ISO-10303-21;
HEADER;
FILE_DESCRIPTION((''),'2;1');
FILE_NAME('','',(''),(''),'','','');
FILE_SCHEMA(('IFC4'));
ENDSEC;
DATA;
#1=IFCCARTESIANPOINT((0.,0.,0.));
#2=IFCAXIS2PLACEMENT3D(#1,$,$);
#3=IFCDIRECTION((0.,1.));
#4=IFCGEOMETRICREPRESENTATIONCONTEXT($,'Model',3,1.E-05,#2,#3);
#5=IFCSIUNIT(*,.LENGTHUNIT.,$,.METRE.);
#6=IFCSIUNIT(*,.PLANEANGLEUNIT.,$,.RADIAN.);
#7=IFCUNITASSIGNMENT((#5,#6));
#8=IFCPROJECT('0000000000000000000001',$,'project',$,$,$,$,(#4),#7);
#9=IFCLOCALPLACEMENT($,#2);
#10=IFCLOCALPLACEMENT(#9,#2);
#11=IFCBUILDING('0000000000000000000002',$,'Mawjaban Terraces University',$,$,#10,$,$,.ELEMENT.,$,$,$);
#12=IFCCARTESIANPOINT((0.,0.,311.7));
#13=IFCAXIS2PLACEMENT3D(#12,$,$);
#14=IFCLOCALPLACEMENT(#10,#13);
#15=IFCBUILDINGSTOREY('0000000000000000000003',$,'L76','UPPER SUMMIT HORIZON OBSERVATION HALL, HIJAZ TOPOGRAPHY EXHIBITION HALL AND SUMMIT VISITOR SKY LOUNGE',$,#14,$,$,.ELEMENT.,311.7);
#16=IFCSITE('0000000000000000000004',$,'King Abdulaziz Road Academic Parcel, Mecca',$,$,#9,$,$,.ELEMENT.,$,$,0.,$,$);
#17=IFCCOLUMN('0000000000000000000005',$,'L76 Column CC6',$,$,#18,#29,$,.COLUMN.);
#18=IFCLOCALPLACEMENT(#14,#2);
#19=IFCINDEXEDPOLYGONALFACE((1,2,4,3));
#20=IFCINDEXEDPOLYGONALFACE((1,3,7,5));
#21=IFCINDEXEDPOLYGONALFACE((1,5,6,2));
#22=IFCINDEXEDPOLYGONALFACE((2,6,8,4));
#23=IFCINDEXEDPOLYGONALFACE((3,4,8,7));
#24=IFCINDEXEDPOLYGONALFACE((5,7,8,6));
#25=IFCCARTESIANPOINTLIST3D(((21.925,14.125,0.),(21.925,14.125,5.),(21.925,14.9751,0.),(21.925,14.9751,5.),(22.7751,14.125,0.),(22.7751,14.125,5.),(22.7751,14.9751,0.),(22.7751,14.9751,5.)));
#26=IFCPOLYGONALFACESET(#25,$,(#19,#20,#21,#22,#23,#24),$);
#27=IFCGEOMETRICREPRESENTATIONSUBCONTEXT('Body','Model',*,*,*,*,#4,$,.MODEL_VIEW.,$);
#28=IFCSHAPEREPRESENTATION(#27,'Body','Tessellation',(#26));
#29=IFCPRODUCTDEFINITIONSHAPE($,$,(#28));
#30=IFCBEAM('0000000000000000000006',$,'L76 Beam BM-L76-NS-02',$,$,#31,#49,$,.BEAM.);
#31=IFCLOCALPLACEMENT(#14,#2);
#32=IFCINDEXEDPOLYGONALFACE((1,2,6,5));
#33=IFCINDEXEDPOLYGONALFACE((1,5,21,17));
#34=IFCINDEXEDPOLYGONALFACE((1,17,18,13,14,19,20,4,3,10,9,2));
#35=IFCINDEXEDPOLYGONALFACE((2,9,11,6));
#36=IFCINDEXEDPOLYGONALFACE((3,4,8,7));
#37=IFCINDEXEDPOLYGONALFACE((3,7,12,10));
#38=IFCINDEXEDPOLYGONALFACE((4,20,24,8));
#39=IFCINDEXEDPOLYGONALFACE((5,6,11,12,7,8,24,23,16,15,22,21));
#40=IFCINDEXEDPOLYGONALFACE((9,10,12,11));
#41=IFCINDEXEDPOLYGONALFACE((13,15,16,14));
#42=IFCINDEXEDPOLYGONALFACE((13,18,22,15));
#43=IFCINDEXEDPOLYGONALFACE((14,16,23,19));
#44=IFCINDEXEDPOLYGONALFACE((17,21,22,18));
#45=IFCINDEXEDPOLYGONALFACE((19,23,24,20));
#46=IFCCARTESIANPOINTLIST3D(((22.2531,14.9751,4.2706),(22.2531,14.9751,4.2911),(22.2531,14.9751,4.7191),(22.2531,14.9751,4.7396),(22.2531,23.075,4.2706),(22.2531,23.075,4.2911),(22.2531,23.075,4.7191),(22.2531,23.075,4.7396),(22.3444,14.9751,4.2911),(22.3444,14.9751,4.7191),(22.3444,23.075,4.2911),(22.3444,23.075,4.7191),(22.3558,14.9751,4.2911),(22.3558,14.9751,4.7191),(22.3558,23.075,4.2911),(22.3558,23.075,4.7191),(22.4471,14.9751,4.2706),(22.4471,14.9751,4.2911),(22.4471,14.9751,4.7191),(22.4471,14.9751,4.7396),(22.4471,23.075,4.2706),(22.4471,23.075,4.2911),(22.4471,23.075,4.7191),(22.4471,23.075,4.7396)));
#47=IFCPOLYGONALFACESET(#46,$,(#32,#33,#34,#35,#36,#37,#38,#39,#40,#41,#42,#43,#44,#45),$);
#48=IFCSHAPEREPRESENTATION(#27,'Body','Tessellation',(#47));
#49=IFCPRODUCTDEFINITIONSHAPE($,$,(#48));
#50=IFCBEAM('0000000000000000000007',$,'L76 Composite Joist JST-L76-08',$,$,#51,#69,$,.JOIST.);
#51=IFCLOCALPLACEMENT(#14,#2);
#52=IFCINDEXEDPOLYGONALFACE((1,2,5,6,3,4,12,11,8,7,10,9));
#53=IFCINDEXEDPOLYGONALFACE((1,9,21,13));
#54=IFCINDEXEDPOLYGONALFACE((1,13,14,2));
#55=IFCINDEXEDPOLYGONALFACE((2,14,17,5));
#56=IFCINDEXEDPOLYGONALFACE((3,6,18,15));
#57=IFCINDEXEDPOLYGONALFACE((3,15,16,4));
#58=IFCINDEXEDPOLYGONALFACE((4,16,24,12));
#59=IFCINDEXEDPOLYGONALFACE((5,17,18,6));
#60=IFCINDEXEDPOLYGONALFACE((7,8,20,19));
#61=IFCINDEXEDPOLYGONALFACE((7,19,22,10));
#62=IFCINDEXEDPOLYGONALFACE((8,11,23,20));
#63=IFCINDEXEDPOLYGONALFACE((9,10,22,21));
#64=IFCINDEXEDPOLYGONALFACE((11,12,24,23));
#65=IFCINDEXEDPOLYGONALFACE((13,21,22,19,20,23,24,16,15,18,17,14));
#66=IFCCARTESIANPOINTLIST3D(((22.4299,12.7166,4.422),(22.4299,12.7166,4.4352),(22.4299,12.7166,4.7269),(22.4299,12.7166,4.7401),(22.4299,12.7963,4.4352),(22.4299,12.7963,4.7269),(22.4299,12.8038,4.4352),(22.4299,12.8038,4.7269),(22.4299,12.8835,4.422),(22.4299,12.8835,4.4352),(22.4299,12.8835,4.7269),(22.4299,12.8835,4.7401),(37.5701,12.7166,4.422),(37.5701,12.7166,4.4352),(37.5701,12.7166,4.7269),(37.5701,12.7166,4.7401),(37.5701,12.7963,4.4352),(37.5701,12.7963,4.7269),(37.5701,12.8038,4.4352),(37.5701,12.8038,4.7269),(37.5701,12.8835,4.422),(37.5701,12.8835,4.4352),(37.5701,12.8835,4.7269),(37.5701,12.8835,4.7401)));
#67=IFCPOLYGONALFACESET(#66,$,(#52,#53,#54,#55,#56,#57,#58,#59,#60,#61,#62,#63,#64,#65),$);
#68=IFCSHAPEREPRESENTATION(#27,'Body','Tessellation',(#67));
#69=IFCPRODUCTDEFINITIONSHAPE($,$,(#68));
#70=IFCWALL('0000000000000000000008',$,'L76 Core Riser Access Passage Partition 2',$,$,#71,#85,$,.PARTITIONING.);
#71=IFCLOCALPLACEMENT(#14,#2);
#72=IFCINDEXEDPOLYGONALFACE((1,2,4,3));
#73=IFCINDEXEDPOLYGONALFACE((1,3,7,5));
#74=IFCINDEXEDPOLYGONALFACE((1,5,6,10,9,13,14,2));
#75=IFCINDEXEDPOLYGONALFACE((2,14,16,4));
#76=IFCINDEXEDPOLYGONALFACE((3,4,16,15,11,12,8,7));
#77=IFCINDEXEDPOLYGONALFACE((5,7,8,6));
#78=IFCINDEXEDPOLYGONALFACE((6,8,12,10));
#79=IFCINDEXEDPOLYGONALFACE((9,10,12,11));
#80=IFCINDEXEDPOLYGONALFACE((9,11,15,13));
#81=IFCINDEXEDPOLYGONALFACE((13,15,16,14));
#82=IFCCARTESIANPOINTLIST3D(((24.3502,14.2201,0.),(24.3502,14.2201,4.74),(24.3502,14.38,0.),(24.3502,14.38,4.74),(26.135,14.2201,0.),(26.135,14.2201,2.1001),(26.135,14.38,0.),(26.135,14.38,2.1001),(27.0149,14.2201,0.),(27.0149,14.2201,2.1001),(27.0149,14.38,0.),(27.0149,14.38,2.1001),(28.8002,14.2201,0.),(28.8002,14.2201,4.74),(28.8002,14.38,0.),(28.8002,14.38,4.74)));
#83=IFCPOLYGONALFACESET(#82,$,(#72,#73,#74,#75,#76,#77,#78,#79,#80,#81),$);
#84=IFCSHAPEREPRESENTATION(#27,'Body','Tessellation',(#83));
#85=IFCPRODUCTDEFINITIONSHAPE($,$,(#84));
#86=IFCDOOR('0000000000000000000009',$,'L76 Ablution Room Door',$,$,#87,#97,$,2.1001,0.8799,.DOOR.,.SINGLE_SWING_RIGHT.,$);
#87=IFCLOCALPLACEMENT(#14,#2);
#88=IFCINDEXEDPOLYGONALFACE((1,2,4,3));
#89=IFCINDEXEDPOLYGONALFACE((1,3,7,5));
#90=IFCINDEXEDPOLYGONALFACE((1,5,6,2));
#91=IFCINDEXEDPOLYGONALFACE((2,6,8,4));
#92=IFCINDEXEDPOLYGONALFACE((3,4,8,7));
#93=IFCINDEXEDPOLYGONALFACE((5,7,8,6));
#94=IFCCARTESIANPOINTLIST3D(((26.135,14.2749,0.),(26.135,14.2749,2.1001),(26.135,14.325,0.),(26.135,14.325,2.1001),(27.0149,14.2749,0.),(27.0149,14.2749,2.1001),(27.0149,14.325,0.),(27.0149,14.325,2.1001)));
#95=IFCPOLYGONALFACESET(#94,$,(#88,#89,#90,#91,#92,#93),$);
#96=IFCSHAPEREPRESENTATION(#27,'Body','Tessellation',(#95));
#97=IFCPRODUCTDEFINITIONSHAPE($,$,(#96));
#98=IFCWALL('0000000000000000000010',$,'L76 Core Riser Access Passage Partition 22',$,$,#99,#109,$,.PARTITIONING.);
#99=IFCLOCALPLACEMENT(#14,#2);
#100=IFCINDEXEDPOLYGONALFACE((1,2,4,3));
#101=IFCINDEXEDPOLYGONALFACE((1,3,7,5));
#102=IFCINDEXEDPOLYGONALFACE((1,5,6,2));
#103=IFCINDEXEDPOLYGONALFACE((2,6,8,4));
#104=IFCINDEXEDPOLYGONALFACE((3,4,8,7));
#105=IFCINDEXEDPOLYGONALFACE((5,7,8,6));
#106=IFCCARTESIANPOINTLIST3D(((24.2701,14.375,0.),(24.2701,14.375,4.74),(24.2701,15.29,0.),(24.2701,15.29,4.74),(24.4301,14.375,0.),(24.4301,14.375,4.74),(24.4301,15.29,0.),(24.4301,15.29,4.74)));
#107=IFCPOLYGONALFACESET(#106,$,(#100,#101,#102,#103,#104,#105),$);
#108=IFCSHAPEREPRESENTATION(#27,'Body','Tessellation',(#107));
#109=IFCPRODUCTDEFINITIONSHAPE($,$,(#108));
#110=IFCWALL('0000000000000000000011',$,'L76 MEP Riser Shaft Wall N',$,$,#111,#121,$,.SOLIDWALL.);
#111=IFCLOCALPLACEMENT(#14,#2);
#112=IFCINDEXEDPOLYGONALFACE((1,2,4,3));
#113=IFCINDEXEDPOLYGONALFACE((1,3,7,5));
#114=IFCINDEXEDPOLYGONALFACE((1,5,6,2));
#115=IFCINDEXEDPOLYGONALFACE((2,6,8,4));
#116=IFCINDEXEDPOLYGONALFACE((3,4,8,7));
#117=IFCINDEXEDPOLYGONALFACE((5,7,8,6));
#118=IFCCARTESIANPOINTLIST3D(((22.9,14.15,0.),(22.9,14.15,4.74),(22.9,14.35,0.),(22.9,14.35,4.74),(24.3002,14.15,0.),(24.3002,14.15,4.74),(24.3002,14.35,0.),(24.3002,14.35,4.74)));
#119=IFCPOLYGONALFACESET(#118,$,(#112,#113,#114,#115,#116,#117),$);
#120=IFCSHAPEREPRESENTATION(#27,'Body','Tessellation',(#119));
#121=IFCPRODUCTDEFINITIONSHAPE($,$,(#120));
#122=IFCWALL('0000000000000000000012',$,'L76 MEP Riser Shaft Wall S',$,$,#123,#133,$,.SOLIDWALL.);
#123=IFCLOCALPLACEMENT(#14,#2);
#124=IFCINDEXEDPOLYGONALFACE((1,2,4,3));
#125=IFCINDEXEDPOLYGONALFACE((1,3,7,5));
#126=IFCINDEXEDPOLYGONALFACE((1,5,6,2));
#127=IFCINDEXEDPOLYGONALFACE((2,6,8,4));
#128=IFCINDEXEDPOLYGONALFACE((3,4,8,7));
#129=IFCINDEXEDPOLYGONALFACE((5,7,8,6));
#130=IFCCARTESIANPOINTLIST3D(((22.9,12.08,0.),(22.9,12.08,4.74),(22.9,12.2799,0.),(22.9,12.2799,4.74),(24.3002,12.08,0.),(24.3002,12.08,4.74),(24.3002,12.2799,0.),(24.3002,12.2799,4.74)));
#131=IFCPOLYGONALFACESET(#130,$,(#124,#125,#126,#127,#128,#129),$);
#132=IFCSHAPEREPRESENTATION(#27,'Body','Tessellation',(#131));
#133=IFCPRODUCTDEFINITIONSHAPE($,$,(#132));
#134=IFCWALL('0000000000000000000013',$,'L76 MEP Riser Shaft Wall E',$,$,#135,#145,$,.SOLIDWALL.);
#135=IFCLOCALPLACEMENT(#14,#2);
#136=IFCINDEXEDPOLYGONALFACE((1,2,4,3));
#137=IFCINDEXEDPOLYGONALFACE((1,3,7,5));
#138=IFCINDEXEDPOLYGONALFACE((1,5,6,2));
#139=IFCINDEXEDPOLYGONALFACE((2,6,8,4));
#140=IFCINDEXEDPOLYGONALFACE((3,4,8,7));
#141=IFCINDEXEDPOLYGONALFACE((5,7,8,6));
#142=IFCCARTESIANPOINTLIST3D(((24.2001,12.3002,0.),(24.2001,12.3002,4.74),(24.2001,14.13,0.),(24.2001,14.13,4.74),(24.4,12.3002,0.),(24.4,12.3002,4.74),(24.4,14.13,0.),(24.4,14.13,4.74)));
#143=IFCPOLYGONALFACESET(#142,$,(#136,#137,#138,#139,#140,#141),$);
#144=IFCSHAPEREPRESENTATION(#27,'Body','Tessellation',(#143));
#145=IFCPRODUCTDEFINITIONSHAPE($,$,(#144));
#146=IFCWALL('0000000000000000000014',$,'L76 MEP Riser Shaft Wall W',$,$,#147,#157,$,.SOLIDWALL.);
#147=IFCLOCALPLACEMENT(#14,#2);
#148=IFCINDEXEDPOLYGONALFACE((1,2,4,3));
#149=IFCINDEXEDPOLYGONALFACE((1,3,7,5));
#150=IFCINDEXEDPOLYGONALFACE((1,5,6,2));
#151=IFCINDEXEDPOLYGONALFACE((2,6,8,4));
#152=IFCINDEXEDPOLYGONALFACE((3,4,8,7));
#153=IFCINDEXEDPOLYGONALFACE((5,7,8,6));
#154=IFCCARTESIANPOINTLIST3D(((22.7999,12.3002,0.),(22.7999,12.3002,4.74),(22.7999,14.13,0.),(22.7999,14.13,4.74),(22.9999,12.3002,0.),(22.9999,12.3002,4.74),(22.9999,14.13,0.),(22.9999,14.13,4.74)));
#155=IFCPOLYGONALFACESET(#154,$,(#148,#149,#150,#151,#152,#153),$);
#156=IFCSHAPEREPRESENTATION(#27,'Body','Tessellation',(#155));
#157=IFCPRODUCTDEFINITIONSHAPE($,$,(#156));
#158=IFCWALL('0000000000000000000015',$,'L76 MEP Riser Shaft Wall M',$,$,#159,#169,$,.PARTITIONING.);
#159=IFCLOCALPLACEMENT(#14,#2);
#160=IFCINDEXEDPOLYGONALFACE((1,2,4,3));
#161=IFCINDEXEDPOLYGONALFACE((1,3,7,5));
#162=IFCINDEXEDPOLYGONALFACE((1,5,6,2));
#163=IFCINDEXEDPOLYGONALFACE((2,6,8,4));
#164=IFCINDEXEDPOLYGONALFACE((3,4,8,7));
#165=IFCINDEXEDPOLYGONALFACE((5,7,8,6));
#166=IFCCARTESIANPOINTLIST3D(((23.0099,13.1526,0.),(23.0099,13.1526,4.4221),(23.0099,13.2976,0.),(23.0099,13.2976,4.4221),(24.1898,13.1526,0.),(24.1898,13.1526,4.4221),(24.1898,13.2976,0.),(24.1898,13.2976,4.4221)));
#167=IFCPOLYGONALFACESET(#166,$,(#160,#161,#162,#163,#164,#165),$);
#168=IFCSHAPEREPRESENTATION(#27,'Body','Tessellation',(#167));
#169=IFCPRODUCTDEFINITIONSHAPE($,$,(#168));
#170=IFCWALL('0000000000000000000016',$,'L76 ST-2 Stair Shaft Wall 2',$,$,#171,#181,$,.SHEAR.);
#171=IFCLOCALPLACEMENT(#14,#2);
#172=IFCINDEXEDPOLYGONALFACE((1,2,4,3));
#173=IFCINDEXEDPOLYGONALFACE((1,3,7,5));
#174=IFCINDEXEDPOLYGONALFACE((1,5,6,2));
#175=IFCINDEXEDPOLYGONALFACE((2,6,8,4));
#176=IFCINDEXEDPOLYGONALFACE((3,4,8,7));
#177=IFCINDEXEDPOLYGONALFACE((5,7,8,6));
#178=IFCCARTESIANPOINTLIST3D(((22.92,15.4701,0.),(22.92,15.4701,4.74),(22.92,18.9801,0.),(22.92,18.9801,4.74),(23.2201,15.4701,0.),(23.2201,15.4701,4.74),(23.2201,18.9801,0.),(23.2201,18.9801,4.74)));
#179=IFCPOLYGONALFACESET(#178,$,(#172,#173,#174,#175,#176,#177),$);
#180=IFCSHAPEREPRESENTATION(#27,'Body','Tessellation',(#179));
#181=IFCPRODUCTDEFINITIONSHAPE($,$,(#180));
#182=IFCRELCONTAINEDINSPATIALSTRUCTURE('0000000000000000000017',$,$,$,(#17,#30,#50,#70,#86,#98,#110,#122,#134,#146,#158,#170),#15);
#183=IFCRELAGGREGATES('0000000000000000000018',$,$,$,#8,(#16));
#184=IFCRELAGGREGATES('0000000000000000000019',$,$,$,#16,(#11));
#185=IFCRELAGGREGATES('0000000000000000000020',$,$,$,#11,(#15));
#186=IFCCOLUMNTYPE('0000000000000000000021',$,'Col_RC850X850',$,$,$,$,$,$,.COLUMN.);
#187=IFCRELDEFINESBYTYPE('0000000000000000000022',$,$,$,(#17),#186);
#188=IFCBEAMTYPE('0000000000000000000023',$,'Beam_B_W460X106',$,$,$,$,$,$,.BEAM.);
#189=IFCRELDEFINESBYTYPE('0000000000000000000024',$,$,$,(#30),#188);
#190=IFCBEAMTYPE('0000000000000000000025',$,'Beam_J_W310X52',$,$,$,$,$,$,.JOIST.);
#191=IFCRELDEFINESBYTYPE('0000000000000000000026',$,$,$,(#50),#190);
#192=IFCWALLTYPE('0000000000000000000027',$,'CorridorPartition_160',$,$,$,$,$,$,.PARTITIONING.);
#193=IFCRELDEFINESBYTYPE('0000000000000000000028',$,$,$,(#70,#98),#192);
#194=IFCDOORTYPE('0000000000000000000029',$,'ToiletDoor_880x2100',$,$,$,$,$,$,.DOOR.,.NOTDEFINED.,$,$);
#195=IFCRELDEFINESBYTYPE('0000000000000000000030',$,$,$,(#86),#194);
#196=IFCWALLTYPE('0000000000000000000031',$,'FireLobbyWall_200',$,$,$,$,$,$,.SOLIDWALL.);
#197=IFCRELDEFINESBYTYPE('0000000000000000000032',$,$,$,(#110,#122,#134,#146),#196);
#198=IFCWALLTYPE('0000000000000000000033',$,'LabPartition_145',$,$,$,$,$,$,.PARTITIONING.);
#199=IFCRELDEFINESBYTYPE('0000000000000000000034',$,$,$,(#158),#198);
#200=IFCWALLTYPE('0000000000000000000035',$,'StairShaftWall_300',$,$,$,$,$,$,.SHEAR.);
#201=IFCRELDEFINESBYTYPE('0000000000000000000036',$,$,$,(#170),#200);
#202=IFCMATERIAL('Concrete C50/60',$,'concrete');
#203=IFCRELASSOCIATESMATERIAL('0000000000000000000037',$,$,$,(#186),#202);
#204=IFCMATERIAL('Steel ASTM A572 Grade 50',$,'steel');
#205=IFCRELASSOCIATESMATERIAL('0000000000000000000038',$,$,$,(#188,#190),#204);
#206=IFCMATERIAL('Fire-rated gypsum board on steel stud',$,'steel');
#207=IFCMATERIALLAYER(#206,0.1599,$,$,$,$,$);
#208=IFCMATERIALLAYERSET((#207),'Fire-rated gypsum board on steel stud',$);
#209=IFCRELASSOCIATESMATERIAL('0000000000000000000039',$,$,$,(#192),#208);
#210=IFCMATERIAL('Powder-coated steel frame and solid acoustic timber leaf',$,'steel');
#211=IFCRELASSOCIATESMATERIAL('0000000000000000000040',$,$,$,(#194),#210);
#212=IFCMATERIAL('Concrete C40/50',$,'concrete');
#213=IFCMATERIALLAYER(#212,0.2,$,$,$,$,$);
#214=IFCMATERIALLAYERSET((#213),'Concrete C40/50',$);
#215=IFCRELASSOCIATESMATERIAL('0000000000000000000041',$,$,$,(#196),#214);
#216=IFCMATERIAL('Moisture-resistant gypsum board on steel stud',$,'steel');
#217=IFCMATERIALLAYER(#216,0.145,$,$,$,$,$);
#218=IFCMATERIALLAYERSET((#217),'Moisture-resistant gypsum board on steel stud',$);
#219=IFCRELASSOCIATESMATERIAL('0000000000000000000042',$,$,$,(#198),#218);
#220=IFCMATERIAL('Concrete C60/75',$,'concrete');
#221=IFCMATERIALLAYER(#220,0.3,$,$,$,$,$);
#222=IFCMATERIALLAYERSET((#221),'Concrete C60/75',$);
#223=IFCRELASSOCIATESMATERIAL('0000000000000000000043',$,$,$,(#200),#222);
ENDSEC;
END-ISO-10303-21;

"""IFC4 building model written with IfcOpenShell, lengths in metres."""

from ifc_helpers import new_model, si_unit, direction, frame, frame_2d, origin, origin_2d, place, context, subcontext, project, spatial, rectangle, i_section, extrude, material, layer, layer_set, material_profile, profile_set, type_object, element, fill, save


model = new_model("IFC4")

# Units and contexts
model_context = context("Model", 3, precision=1e-05, world=origin(), true_north=direction((0.0, 1.0)))
body_context = subcontext(model_context, "Body", "Model", "MODEL_VIEW")
ifc_project = project(units=[si_unit("LENGTHUNIT", "METRE"), si_unit("PLANEANGLEUNIT", "RADIAN")], contexts=[model_context])

# Site, building, storey
site_placement = place(None, origin())
site = spatial("IfcSite", under=ifc_project, at=site_placement, Name="King Abdulaziz Road Academic Parcel, Mecca", CompositionType="ELEMENT", RefElevation=0.0)
building_placement = place(site_placement, origin())
building = spatial("IfcBuilding", under=site, at=building_placement, Name="Mawjaban Terraces University", CompositionType="ELEMENT")
storey_placement = place(building_placement, frame((0.0, 0.0, 311.7)))
storey = spatial("IfcBuildingStorey", under=building, at=storey_placement, Name="L76", Description="UPPER SUMMIT HORIZON OBSERVATION HALL, HIJAZ TOPOGRAPHY EXHIBITION HALL AND SUMMIT VISITOR SKY LOUNGE", CompositionType="ELEMENT", Elevation=311.7)

# Column
ifc_material_1 = material(Name="Concrete C50/60", Category="concrete")
ifc_material_profile_1 = material_profile(ifc_material_1, rectangle(XDim=0.8501, YDim=0.8501, at=origin_2d()), Name="RC850X850")
ifc_profile_set_1 = profile_set([ifc_material_profile_1], Name="Concrete C50/60")
column_type = type_object("IfcColumnType", Name="Col_RC850X850", PredefinedType="COLUMN", material=ifc_profile_set_1)
column_placement = place(storey_placement, frame((22.3501, 14.55, 0.0), z_axis=(0.0, 0.0, 1.0), x_axis=(1.0, 0.0, 0.0)))
element("IfcColumn", 1, at=column_placement, inside=storey, type_object=column_type, Name="L76 Column CC6", PredefinedType="COLUMN", context=body_context, shape_type="SweptSolid", body=[
    extrude(rectangle(XDim=0.8501, YDim=0.8501, at=origin_2d()), origin(), (0.0, 0.0, 1.0), 5.0),
])

# Beams
ifc_material_2 = material(Name="Steel ASTM A572 Grade 50", Category="steel")
ifc_material_profile_2 = material_profile(ifc_material_2, i_section(OverallWidth=0.1941, OverallDepth=0.469, WebThickness=0.0115, FlangeThickness=0.0205, at=origin_2d()), Name="W460X106")
ifc_profile_set_2 = profile_set([ifc_material_profile_2], Name="Steel ASTM A572 Grade 50")
beam_type_1 = type_object("IfcBeamType", Name="Beam_B_W460X106", PredefinedType="BEAM", material=ifc_profile_set_2)
beam_1_placement = place(storey_placement, frame((22.3501, 14.9751, 4.5051), z_axis=(0.0, 1.0, 0.0), x_axis=(-1.0, 0.0, 0.0)))
element("IfcBeam", 2, at=beam_1_placement, inside=storey, type_object=beam_type_1, Name="L76 Beam BM-L76-NS-02", PredefinedType="BEAM", context=body_context, shape_type="SweptSolid", body=[
    extrude(i_section(OverallWidth=0.1941, OverallDepth=0.469, WebThickness=0.0115, FlangeThickness=0.0205, at=origin_2d()), origin(), (0.0, 0.0, 1.0), 8.0999),
])
ifc_material_profile_3 = material_profile(ifc_material_2, i_section(OverallWidth=0.167, OverallDepth=0.3181, WebThickness=0.0076, FlangeThickness=0.0132, at=origin_2d()), Name="W310X52")
ifc_profile_set_3 = profile_set([ifc_material_profile_3], Name="Steel ASTM A572 Grade 50")
beam_type_2 = type_object("IfcBeamType", Name="Beam_J_W310X52", PredefinedType="JOIST", material=ifc_profile_set_3)
beam_2_placement = place(storey_placement, frame((22.4299, 12.8, 4.5811), z_axis=(1.0, 0.0, 0.0), x_axis=(0.0, 1.0, 0.0)))
element("IfcBeam", 3, at=beam_2_placement, inside=storey, type_object=beam_type_2, Name="L76 Composite Joist JST-L76-08", PredefinedType="JOIST", context=body_context, shape_type="SweptSolid", body=[
    extrude(i_section(OverallWidth=0.167, OverallDepth=0.3181, WebThickness=0.0076, FlangeThickness=0.0132, at=origin_2d()), origin(), (0.0, 0.0, 1.0), 15.1401),
])

# Wall, opening, door
ifc_material_3 = material(Name="Fire-rated gypsum board on steel stud", Category="steel")
ifc_layer_1 = layer(ifc_material_3, 0.1599)
ifc_layer_set_1 = layer_set([ifc_layer_1], Name="Fire-rated gypsum board on steel stud")
wall_type_1 = type_object("IfcWallType", Name="CorridorPartition_160", PredefinedType="PARTITIONING", material=ifc_layer_set_1)
wall_1_placement = place(storey_placement, frame((24.3501, 14.3, 0.0), z_axis=(0.0, 0.0, 1.0), x_axis=(1.0, 0.0, 0.0)))
wall_1 = element("IfcWall", 4, at=wall_1_placement, inside=storey, type_object=wall_type_1, Name="L76 Core Riser Access Passage Partition 2", PredefinedType="PARTITIONING", context=body_context, shape_type="SweptSolid", body=[
    extrude(rectangle(XDim=4.45, YDim=0.1599, at=frame_2d((2.2251, 0.0))), origin(), (0.0, 0.0, 1.0), 4.74),
])
opening_placement = place(wall_1_placement, frame((1.7849, 0.0, 0.0)))
opening = element("IfcOpeningElement", 5, at=opening_placement, cuts=wall_1, PredefinedType="OPENING", context=body_context, shape_type="SweptSolid", body=[
    extrude(rectangle(XDim=0.8799, YDim=2.1001, at=frame_2d((0.4399, 1.05))), frame((0.0, 0.0898, 0.0), z_axis=(0.0, -1.0, 0.0), x_axis=(1.0, 0.0, 0.0)), (0.0, 0.0, 1.0), 0.1799),
])
ifc_material_4 = material(Name="Powder-coated steel frame and solid acoustic timber leaf", Category="steel")
door_type = type_object("IfcDoorType", Name="ToiletDoor_880x2100", OperationType="NOTDEFINED", PredefinedType="DOOR", material=ifc_material_4)
door_placement = place(opening_placement, origin())
door = element("IfcDoor", 6, at=door_placement, inside=storey, type_object=door_type, Name="L76 Ablution Room Door", OperationType="SINGLE_SWING_RIGHT", OverallHeight=2.1001, OverallWidth=0.8799, PredefinedType="DOOR", context=body_context, shape_type="SweptSolid", body=[
    extrude(rectangle(XDim=0.8799, YDim=2.1001, at=frame_2d((0.4399, 1.05))), frame((0.0, 0.0249, 0.0), z_axis=(0.0, -1.0, 0.0), x_axis=(1.0, 0.0, 0.0)), (0.0, 0.0, 1.0), 0.05),
])
fill(opening, door)

# Walls
wall_2_placement = place(storey_placement, frame((24.3501, 15.29, 0.0), z_axis=(0.0, 0.0, 1.0), x_axis=(0.0, -1.0, 0.0)))
element("IfcWall", 7, at=wall_2_placement, inside=storey, type_object=wall_type_1, Name="L76 Core Riser Access Passage Partition 22", PredefinedType="PARTITIONING", context=body_context, shape_type="SweptSolid", body=[
    extrude(rectangle(XDim=0.915, YDim=0.1599, at=frame_2d((0.4575, 0.0))), origin(), (0.0, 0.0, 1.0), 4.74),
])
ifc_material_5 = material(Name="Concrete C40/50", Category="concrete")
ifc_layer_2 = layer(ifc_material_5, 0.2)
ifc_layer_set_2 = layer_set([ifc_layer_2], Name="Concrete C40/50")
wall_type_2 = type_object("IfcWallType", Name="FireLobbyWall_200", PredefinedType="SOLIDWALL", material=ifc_layer_set_2)
for number, where, z_axis, x_axis, name in (
    (8, (22.8999, 14.25, 0.0), (0.0, 0.0, 1.0), (1.0, 0.0, 0.0), "L76 MEP Riser Shaft Wall N"),
    (9, (22.8999, 12.1799, 0.0), (0.0, 0.0, 1.0), (1.0, 0.0, 0.0), "L76 MEP Riser Shaft Wall S"),
):
    element("IfcWall", number, at=place(storey_placement, frame(where, z_axis=z_axis, x_axis=x_axis)), inside=storey, type_object=wall_type_2, Name=name, PredefinedType="SOLIDWALL", context=body_context, shape_type="SweptSolid", body=[
        extrude(rectangle(XDim=1.4001, YDim=0.2, at=frame_2d((0.7002, 0.0))), origin(), (0.0, 0.0, 1.0), 4.74),
    ])
for number, where, z_axis, x_axis, name in (
    (10, (24.3, 12.3, 0.0), (0.0, 0.0, 1.0), (0.0, 1.0, 0.0), "L76 MEP Riser Shaft Wall E"),
    (11, (22.8999, 12.3, 0.0), (0.0, 0.0, 1.0), (0.0, 1.0, 0.0), "L76 MEP Riser Shaft Wall W"),
):
    element("IfcWall", number, at=place(storey_placement, frame(where, z_axis=z_axis, x_axis=x_axis)), inside=storey, type_object=wall_type_2, Name=name, PredefinedType="SOLIDWALL", context=body_context, shape_type="SweptSolid", body=[
        extrude(rectangle(XDim=1.8298, YDim=0.2, at=frame_2d((0.915, 0.0))), origin(), (0.0, 0.0, 1.0), 4.74),
    ])
ifc_material_6 = material(Name="Moisture-resistant gypsum board on steel stud", Category="steel")
ifc_layer_3 = layer(ifc_material_6, 0.145)
ifc_layer_set_3 = layer_set([ifc_layer_3], Name="Moisture-resistant gypsum board on steel stud")
wall_type_3 = type_object("IfcWallType", Name="LabPartition_145", PredefinedType="PARTITIONING", material=ifc_layer_set_3)
wall_3_placement = place(storey_placement, frame((23.01, 13.2251, 0.0), z_axis=(0.0, 0.0, 1.0), x_axis=(1.0, 0.0, 0.0)))
element("IfcWall", 12, at=wall_3_placement, inside=storey, type_object=wall_type_3, Name="L76 MEP Riser Shaft Wall M", PredefinedType="PARTITIONING", context=body_context, shape_type="SweptSolid", body=[
    extrude(rectangle(XDim=1.1799, YDim=0.145, at=frame_2d((0.5898, 0.0))), origin(), (0.0, 0.0, 1.0), 4.4221),
])
ifc_material_7 = material(Name="Concrete C60/75", Category="concrete")
ifc_layer_4 = layer(ifc_material_7, 0.3)
ifc_layer_set_4 = layer_set([ifc_layer_4], Name="Concrete C60/75")
wall_type_4 = type_object("IfcWallType", Name="StairShaftWall_300", PredefinedType="SHEAR", material=ifc_layer_set_4)
wall_4_placement = place(storey_placement, frame((23.0701, 18.98, 0.0), z_axis=(0.0, 0.0, 1.0), x_axis=(0.0, -1.0, 0.0)))
element("IfcWall", 13, at=wall_4_placement, inside=storey, type_object=wall_type_4, Name="L76 ST-2 Stair Shaft Wall 2", PredefinedType="SHEAR", context=body_context, shape_type="SweptSolid", body=[
    extrude(rectangle(XDim=3.51, YDim=0.3, at=frame_2d((1.7549, 0.0))), origin(), (0.0, 0.0, 1.0), 4.74),
])

save(model, "model.ifc")
